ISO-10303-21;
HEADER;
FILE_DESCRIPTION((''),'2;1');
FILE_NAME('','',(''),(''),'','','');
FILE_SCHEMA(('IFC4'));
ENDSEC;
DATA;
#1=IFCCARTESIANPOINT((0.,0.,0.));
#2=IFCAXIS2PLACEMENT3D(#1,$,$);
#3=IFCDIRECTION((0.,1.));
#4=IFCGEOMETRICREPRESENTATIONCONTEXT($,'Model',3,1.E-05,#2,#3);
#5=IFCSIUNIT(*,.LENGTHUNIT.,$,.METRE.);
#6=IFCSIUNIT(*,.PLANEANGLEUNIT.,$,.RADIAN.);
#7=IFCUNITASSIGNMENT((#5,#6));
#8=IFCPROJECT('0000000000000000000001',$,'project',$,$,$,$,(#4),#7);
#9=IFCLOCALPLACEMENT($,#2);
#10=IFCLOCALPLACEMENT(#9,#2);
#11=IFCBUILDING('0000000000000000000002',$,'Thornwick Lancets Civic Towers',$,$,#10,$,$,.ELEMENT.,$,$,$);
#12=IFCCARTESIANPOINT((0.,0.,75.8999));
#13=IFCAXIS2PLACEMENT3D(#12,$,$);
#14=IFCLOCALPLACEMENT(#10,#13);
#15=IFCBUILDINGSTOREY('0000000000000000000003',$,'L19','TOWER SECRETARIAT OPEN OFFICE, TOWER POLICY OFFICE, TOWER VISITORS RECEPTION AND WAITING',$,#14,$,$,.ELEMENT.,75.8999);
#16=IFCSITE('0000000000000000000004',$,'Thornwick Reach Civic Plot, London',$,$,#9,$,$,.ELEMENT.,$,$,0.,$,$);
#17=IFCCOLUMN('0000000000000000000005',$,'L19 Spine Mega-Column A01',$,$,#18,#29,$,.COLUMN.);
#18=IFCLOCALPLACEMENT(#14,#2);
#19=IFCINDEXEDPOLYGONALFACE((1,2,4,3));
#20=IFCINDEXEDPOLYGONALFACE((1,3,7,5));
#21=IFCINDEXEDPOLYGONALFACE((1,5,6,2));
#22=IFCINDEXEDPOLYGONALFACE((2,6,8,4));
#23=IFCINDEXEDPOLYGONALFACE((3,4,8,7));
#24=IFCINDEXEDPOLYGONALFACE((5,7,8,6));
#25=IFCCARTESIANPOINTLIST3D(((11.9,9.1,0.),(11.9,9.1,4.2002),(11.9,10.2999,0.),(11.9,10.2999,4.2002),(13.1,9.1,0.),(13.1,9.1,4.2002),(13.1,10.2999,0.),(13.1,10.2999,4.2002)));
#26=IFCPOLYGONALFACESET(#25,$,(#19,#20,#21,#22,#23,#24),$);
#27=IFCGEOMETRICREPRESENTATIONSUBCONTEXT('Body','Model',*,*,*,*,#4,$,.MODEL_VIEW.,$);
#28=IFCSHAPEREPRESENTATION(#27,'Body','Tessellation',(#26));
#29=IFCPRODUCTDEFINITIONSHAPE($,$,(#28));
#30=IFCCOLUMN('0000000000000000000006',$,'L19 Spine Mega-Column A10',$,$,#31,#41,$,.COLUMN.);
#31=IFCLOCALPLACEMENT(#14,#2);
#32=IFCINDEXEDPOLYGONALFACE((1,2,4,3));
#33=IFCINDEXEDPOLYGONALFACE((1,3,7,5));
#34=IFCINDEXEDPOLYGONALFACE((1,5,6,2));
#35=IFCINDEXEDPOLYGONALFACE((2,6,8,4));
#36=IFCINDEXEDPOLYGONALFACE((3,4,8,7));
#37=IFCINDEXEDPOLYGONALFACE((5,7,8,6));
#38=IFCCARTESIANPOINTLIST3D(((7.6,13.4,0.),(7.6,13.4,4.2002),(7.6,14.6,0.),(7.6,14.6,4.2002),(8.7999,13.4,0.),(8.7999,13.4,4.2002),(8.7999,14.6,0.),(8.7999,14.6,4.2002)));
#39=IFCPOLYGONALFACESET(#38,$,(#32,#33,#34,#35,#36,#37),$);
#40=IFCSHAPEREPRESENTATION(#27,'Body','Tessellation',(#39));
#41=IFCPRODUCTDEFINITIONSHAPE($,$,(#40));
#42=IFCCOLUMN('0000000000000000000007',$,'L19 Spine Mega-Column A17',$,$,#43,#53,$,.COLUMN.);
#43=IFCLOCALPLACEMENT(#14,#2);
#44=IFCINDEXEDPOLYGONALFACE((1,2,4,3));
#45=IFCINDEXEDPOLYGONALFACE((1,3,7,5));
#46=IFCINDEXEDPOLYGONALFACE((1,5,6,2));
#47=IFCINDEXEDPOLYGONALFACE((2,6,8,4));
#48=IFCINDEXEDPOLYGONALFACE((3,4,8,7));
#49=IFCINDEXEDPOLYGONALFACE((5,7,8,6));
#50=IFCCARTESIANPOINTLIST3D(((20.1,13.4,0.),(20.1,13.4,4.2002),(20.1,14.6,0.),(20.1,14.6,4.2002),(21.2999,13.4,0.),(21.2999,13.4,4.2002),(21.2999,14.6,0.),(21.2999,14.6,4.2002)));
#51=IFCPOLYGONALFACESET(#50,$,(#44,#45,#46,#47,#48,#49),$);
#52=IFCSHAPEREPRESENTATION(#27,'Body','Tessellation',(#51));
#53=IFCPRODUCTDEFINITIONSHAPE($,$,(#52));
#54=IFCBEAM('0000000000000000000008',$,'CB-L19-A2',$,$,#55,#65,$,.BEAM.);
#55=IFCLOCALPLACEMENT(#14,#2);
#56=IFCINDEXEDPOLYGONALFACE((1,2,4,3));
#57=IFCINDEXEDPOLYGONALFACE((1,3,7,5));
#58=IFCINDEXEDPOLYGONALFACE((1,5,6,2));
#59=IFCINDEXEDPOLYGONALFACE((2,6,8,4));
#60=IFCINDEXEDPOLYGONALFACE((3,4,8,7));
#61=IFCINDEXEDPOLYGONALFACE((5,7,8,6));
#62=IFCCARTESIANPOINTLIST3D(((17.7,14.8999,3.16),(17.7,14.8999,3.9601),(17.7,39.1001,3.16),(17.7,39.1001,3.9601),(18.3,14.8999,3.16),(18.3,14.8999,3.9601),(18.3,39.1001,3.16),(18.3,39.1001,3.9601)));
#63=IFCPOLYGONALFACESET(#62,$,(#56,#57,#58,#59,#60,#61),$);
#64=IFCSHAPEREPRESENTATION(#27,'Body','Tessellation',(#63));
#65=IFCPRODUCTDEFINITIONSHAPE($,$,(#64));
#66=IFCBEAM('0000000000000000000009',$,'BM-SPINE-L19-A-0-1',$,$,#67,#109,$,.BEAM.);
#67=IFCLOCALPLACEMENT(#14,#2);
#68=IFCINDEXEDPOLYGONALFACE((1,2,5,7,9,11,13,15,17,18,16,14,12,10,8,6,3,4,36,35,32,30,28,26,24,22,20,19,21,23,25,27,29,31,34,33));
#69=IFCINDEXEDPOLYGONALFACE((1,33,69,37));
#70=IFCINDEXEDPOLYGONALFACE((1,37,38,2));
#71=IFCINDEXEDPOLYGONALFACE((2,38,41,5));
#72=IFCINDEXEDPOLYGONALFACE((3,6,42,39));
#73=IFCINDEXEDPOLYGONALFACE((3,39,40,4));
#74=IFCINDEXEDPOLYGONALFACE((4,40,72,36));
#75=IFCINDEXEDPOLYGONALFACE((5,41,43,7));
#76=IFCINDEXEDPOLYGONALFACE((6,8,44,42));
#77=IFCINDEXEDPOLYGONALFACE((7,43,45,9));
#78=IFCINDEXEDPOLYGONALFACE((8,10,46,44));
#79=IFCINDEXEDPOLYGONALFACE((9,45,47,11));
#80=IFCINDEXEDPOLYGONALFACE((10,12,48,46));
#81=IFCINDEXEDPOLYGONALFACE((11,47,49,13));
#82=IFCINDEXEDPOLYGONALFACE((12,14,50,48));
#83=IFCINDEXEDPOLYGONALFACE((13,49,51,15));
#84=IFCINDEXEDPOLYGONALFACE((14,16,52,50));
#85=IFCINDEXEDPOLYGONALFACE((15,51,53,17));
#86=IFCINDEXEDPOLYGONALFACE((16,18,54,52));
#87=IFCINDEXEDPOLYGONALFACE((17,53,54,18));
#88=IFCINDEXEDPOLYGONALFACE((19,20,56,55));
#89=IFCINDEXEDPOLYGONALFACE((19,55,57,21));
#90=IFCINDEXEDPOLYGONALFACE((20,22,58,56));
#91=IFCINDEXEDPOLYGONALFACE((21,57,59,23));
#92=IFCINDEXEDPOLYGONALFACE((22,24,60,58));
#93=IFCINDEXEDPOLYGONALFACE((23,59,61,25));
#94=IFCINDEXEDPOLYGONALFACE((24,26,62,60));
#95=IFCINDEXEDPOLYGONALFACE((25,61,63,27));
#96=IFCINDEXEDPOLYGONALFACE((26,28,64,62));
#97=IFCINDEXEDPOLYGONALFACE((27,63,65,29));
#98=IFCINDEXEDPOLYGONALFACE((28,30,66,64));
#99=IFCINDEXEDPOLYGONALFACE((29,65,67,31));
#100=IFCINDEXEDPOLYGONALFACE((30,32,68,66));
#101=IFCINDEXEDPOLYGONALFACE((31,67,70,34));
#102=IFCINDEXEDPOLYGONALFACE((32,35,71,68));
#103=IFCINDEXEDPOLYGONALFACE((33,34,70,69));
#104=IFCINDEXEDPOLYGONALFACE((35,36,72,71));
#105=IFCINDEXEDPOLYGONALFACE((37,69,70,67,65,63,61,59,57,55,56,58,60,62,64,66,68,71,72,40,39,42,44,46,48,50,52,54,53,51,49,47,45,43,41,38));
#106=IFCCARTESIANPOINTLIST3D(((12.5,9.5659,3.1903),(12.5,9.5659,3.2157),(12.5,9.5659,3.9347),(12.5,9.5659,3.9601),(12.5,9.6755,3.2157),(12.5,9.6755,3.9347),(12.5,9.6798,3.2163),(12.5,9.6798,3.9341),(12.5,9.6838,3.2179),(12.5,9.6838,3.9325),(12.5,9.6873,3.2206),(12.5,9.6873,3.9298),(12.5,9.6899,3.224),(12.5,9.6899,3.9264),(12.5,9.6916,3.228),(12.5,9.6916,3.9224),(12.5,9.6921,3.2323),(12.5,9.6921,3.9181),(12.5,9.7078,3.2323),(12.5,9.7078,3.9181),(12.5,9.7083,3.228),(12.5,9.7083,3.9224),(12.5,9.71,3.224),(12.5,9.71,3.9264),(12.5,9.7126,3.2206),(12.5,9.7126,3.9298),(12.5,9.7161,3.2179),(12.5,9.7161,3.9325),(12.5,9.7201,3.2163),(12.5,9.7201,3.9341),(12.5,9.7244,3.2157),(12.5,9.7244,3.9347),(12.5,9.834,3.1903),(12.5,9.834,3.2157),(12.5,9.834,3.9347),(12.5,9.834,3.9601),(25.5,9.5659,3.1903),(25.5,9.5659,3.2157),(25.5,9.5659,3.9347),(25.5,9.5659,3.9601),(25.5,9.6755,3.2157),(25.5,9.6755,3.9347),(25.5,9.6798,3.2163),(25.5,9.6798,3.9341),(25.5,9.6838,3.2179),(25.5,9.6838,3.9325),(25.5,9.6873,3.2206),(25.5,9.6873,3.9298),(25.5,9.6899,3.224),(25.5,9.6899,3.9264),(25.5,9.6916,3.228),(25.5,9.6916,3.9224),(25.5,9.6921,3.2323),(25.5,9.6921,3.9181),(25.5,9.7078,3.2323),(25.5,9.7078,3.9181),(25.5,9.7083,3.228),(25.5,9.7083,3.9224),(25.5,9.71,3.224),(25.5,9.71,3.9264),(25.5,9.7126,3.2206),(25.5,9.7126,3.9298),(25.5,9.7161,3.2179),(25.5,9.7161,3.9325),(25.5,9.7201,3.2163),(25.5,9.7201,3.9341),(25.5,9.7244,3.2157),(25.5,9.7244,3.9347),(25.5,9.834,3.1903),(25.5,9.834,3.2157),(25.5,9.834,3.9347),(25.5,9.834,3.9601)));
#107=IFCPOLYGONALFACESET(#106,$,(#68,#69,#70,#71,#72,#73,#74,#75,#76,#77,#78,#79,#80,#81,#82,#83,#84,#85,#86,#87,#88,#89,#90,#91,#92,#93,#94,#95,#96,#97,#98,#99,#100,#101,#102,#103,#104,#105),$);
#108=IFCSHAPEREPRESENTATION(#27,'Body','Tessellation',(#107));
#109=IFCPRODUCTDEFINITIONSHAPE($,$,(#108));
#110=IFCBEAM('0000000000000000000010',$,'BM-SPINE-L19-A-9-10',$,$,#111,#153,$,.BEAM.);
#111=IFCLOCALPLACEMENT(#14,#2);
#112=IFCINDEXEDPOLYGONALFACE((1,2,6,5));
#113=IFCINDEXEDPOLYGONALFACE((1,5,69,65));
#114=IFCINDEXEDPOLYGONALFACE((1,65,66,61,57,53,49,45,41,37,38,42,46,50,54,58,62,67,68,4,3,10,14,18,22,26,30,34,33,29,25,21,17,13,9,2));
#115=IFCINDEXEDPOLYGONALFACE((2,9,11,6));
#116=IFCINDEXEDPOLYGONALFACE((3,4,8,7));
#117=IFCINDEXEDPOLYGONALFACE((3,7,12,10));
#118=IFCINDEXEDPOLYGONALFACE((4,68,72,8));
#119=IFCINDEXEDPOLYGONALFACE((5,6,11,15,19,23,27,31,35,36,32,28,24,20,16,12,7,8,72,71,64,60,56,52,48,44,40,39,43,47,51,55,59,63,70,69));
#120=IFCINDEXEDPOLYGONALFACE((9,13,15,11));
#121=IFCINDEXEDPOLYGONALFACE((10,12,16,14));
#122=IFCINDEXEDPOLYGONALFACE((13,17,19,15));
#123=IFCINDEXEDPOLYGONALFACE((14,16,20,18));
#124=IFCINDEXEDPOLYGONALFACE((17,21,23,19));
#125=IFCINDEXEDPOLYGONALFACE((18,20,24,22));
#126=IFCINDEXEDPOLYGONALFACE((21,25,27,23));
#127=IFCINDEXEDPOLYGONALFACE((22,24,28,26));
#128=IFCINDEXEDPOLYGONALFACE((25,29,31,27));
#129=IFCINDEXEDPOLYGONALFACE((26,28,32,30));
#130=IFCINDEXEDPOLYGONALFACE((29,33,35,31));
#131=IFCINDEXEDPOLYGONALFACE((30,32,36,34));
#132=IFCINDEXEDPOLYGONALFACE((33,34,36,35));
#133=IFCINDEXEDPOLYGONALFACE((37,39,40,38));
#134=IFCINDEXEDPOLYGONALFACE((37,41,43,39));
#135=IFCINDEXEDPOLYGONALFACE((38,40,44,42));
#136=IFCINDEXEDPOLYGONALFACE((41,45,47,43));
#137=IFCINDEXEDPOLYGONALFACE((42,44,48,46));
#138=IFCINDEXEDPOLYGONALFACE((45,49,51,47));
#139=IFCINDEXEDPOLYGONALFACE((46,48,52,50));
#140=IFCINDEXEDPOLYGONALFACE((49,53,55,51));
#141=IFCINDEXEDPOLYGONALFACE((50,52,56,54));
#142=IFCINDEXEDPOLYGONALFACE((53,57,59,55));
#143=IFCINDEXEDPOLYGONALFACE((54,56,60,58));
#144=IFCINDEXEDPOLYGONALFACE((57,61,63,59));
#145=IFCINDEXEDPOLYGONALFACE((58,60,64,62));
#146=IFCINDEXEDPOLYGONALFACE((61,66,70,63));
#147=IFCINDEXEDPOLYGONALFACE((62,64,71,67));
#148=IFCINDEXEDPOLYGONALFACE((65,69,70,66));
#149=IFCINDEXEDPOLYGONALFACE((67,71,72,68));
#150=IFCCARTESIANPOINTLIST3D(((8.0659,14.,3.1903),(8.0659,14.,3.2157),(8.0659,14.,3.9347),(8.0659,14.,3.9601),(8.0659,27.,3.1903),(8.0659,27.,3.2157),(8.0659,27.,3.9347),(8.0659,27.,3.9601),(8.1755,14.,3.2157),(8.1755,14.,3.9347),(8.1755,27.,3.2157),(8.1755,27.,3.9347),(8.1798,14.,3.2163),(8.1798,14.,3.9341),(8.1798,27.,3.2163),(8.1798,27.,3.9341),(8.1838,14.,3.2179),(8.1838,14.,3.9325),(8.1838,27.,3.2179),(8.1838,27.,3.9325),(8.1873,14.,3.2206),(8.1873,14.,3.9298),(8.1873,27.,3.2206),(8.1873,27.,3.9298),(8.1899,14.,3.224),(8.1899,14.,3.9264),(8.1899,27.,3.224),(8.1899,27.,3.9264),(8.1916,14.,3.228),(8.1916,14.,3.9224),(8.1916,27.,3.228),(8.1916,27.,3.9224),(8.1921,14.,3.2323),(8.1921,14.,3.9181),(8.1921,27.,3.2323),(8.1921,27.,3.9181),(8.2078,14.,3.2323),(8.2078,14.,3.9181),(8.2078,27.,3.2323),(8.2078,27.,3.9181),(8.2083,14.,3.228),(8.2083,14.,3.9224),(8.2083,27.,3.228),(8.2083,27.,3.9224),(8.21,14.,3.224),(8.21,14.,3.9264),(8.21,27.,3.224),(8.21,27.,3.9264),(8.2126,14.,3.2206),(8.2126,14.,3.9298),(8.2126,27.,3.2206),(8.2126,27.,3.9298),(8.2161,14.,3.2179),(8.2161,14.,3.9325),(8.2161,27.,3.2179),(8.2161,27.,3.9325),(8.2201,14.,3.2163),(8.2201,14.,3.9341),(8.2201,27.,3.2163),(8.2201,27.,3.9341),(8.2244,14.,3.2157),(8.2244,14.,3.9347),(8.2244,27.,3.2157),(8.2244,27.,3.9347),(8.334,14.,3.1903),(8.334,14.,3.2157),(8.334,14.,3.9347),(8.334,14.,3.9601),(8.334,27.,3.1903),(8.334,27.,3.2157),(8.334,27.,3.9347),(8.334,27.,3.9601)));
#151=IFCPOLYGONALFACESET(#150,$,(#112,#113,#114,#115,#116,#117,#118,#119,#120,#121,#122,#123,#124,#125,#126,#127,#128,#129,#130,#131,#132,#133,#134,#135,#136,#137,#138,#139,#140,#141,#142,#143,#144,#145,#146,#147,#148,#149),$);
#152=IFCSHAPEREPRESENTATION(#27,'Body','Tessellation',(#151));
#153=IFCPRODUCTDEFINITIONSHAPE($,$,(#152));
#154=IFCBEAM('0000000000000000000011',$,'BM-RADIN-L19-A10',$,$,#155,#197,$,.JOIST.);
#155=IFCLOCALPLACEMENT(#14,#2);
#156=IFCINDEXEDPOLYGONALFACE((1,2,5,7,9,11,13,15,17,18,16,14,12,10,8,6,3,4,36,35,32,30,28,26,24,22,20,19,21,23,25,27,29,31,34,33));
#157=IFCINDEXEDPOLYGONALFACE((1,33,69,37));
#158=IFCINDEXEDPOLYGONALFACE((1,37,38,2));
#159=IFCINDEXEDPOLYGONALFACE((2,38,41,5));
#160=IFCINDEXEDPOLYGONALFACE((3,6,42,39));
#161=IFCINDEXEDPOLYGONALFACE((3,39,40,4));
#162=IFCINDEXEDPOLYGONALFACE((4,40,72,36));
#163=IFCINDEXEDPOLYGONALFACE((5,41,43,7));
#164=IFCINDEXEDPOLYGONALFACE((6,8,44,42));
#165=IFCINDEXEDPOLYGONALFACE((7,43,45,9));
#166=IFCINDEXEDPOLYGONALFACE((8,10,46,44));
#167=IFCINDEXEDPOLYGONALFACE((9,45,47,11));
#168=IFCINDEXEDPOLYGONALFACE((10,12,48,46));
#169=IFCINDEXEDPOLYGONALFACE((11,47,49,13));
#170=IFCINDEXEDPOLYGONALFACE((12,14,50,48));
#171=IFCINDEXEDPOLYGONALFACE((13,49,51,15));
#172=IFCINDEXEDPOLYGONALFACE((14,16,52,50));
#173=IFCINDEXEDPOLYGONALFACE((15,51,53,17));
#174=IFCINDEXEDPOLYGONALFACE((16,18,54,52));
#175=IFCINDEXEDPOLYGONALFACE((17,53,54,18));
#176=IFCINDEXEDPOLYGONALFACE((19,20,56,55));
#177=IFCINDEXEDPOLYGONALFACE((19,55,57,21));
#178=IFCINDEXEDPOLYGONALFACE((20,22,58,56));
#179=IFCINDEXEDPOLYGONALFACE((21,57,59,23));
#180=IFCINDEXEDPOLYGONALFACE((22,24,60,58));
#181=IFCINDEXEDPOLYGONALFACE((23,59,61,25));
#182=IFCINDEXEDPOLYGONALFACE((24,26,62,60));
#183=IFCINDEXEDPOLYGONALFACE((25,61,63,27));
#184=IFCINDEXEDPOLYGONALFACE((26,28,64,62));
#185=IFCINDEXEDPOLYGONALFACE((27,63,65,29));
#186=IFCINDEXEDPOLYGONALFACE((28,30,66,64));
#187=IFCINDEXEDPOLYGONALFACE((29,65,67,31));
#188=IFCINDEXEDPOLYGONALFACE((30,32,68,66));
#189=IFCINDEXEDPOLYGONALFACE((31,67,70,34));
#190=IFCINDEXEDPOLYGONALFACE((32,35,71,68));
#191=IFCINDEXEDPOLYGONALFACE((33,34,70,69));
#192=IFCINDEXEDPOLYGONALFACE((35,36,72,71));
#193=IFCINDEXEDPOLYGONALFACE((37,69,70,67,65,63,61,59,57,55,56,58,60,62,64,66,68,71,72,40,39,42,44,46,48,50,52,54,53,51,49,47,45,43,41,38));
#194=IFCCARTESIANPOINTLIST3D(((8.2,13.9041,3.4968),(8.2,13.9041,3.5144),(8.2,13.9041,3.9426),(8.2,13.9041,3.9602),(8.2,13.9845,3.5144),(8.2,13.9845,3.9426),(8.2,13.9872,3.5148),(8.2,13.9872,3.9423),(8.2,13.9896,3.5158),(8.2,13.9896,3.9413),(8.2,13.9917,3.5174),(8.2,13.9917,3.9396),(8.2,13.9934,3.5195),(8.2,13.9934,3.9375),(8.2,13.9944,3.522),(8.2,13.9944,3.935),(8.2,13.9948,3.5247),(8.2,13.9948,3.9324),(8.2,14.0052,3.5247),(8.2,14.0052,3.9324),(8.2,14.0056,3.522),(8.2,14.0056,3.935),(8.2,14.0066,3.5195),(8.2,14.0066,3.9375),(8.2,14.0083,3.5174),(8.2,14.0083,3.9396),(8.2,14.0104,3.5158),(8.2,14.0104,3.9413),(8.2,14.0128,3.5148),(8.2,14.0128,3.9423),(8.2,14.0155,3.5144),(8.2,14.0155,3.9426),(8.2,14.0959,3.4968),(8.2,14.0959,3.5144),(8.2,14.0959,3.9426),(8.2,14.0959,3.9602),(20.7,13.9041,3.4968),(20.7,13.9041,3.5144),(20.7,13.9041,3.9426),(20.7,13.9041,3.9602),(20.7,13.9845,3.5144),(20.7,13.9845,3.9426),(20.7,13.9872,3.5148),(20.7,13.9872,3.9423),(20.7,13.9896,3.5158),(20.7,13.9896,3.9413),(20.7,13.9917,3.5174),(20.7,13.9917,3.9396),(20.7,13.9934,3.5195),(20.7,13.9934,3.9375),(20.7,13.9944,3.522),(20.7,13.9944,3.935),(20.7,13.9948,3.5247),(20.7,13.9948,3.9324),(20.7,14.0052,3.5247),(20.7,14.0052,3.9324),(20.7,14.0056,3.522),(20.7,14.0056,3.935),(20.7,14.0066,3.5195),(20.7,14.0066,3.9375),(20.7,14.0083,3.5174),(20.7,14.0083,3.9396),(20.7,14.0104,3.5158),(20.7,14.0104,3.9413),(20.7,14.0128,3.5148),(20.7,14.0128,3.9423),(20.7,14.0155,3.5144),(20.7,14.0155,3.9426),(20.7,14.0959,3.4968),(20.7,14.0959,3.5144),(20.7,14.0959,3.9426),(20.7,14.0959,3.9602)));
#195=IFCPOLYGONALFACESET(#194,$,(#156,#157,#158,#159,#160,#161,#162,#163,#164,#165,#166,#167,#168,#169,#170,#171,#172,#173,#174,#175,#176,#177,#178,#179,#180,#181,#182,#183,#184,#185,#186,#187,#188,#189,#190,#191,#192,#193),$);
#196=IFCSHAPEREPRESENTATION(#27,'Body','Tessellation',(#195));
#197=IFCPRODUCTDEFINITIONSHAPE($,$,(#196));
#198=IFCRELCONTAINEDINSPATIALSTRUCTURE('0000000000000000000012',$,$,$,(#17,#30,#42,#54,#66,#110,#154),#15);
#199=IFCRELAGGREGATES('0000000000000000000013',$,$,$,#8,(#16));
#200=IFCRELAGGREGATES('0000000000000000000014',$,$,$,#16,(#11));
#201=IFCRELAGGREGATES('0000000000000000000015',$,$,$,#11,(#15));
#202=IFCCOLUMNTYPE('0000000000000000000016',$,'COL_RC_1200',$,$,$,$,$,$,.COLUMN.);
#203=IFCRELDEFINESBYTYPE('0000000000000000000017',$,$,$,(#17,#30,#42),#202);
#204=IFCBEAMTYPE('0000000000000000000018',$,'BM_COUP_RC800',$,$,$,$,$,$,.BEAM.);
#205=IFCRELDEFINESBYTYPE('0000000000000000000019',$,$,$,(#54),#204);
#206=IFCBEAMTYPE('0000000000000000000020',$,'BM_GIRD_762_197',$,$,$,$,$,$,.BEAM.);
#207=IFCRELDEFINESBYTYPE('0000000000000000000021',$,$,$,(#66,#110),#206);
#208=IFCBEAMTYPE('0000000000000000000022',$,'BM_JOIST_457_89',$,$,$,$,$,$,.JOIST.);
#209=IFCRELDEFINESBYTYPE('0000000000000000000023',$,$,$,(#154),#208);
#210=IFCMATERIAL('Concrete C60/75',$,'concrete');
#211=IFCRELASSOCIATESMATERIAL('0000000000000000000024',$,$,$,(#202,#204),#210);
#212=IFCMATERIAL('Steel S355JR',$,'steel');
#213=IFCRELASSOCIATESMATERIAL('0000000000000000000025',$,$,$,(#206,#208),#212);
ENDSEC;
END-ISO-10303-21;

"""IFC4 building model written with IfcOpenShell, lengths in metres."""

from ifc_helpers import new_model, si_unit, direction, frame, origin, origin_2d, place, context, subcontext, project, spatial, rectangle, i_section, extrude, material, material_profile, profile_set, type_object, element, save


model = new_model("IFC4")

# Units and contexts
model_context = context("Model", 3, precision=1e-05, world=origin(), true_north=direction((0.0, 1.0)))
body_context = subcontext(model_context, "Body", "Model", "MODEL_VIEW")
ifc_project = project(units=[si_unit("LENGTHUNIT", "METRE"), si_unit("PLANEANGLEUNIT", "RADIAN")], contexts=[model_context])

# Site, building, storey
site_placement = place(None, origin())
site = spatial("IfcSite", under=ifc_project, at=site_placement, Name="Thornwick Reach Civic Plot, London", CompositionType="ELEMENT", RefElevation=0.0)
building_placement = place(site_placement, origin())
building = spatial("IfcBuilding", under=site, at=building_placement, Name="Thornwick Lancets Civic Towers", CompositionType="ELEMENT")
storey_placement = place(building_placement, frame((0.0, 0.0, 75.8999)))
storey = spatial("IfcBuildingStorey", under=building, at=storey_placement, Name="L19", Description="TOWER SECRETARIAT OPEN OFFICE, TOWER POLICY OFFICE, TOWER VISITORS RECEPTION AND WAITING", CompositionType="ELEMENT", Elevation=75.8999)

# Columns
ifc_material_1 = material(Name="Concrete C60/75", Category="concrete")
ifc_material_profile_1 = material_profile(ifc_material_1, rectangle(XDim=1.2, YDim=1.2, at=origin_2d()), Name="RC 1200x1200")
ifc_profile_set_1 = profile_set([ifc_material_profile_1], Name="Concrete C60/75")
column_type = type_object("IfcColumnType", Name="COL_RC_1200", PredefinedType="COLUMN", material=ifc_profile_set_1)
for number, where, z_axis, x_axis, name in (
    (1, (12.5, 9.7, 0.0), (0.0, 0.0, 1.0), (1.0, 0.0, 0.0), "L19 Spine Mega-Column A01"),
    (2, (8.2, 14.0, 0.0), (0.0, 0.0, 1.0), (1.0, 0.0, 0.0), "L19 Spine Mega-Column A10"),
    (3, (20.7, 14.0, 0.0), (0.0, 0.0, 1.0), (1.0, 0.0, 0.0), "L19 Spine Mega-Column A17"),
):
    element("IfcColumn", number, at=place(storey_placement, frame(where, z_axis=z_axis, x_axis=x_axis)), inside=storey, type_object=column_type, Name=name, PredefinedType="COLUMN", context=body_context, shape_type="SweptSolid", body=[
        extrude(rectangle(XDim=1.2, YDim=1.2, at=origin_2d()), origin(), (0.0, 0.0, 1.0), 4.2002),
    ])

# Beams
ifc_material_profile_2 = material_profile(ifc_material_1, rectangle(XDim=0.6001, YDim=0.8, at=origin_2d()), Name="RC 600x800")
ifc_profile_set_2 = profile_set([ifc_material_profile_2], Name="Concrete C60/75")
beam_type_1 = type_object("IfcBeamType", Name="BM_COUP_RC800", PredefinedType="BEAM", material=ifc_profile_set_2)
beam_1_placement = place(storey_placement, frame((18.0, 14.8999, 3.5601), z_axis=(0.0, 1.0, 0.0), x_axis=(-1.0, 0.0, 0.0)))
element("IfcBeam", 4, at=beam_1_placement, inside=storey, type_object=beam_type_1, Name="CB-L19-A2", PredefinedType="BEAM", context=body_context, shape_type="SweptSolid", body=[
    extrude(rectangle(XDim=0.6001, YDim=0.8, at=origin_2d()), origin(), (0.0, 0.0, 1.0), 24.2002),
])
ifc_material_2 = material(Name="Steel S355JR", Category="steel")
ifc_material_profile_3 = material_profile(ifc_material_2, i_section(OverallWidth=0.2681, OverallDepth=0.7698, WebThickness=0.0156, FlangeThickness=0.0254, FilletRadius=0.0166, at=origin_2d()), Name="UKB 762x267x197")
ifc_profile_set_3 = profile_set([ifc_material_profile_3], Name="Steel S355JR")
beam_type_2 = type_object("IfcBeamType", Name="BM_GIRD_762_197", PredefinedType="BEAM", material=ifc_profile_set_3)
for number, where, z_axis, x_axis, name in (
    (5, (12.5, 9.7, 3.5752), (1.0, 0.0, 0.0), (0.0, 1.0, 0.0), "BM-SPINE-L19-A-0-1"),
    (6, (8.2, 14.0, 3.5752), (0.0, 1.0, 0.0), (-1.0, 0.0, 0.0), "BM-SPINE-L19-A-9-10"),
):
    element("IfcBeam", number, at=place(storey_placement, frame(where, z_axis=z_axis, x_axis=x_axis)), inside=storey, type_object=beam_type_2, Name=name, PredefinedType="BEAM", context=body_context, shape_type="SweptSolid", body=[
        extrude(i_section(OverallWidth=0.2681, OverallDepth=0.7698, WebThickness=0.0156, FlangeThickness=0.0254, FilletRadius=0.0166, at=origin_2d()), origin(), (0.0, 0.0, 1.0), 13.0),
    ])
ifc_material_profile_4 = material_profile(ifc_material_2, i_section(OverallWidth=0.1919, OverallDepth=0.4634, WebThickness=0.0105, FlangeThickness=0.0176, FilletRadius=0.0103, at=origin_2d()), Name="UKB 457x191x89")
ifc_profile_set_4 = profile_set([ifc_material_profile_4], Name="Steel S355JR")
beam_type_3 = type_object("IfcBeamType", Name="BM_JOIST_457_89", PredefinedType="JOIST", material=ifc_profile_set_4)
beam_2_placement = place(storey_placement, frame((20.7, 14.0, 3.7285), z_axis=(-1.0, 0.0, 0.0), x_axis=(0.0, -1.0, 0.0)))
element("IfcBeam", 7, at=beam_2_placement, inside=storey, type_object=beam_type_3, Name="BM-RADIN-L19-A10", PredefinedType="JOIST", context=body_context, shape_type="SweptSolid", body=[
    extrude(i_section(OverallWidth=0.1919, OverallDepth=0.4634, WebThickness=0.0105, FlangeThickness=0.0176, FilletRadius=0.0103, at=origin_2d()), origin(), (0.0, 0.0, 1.0), 12.5),
])

save(model, "model.ifc")
